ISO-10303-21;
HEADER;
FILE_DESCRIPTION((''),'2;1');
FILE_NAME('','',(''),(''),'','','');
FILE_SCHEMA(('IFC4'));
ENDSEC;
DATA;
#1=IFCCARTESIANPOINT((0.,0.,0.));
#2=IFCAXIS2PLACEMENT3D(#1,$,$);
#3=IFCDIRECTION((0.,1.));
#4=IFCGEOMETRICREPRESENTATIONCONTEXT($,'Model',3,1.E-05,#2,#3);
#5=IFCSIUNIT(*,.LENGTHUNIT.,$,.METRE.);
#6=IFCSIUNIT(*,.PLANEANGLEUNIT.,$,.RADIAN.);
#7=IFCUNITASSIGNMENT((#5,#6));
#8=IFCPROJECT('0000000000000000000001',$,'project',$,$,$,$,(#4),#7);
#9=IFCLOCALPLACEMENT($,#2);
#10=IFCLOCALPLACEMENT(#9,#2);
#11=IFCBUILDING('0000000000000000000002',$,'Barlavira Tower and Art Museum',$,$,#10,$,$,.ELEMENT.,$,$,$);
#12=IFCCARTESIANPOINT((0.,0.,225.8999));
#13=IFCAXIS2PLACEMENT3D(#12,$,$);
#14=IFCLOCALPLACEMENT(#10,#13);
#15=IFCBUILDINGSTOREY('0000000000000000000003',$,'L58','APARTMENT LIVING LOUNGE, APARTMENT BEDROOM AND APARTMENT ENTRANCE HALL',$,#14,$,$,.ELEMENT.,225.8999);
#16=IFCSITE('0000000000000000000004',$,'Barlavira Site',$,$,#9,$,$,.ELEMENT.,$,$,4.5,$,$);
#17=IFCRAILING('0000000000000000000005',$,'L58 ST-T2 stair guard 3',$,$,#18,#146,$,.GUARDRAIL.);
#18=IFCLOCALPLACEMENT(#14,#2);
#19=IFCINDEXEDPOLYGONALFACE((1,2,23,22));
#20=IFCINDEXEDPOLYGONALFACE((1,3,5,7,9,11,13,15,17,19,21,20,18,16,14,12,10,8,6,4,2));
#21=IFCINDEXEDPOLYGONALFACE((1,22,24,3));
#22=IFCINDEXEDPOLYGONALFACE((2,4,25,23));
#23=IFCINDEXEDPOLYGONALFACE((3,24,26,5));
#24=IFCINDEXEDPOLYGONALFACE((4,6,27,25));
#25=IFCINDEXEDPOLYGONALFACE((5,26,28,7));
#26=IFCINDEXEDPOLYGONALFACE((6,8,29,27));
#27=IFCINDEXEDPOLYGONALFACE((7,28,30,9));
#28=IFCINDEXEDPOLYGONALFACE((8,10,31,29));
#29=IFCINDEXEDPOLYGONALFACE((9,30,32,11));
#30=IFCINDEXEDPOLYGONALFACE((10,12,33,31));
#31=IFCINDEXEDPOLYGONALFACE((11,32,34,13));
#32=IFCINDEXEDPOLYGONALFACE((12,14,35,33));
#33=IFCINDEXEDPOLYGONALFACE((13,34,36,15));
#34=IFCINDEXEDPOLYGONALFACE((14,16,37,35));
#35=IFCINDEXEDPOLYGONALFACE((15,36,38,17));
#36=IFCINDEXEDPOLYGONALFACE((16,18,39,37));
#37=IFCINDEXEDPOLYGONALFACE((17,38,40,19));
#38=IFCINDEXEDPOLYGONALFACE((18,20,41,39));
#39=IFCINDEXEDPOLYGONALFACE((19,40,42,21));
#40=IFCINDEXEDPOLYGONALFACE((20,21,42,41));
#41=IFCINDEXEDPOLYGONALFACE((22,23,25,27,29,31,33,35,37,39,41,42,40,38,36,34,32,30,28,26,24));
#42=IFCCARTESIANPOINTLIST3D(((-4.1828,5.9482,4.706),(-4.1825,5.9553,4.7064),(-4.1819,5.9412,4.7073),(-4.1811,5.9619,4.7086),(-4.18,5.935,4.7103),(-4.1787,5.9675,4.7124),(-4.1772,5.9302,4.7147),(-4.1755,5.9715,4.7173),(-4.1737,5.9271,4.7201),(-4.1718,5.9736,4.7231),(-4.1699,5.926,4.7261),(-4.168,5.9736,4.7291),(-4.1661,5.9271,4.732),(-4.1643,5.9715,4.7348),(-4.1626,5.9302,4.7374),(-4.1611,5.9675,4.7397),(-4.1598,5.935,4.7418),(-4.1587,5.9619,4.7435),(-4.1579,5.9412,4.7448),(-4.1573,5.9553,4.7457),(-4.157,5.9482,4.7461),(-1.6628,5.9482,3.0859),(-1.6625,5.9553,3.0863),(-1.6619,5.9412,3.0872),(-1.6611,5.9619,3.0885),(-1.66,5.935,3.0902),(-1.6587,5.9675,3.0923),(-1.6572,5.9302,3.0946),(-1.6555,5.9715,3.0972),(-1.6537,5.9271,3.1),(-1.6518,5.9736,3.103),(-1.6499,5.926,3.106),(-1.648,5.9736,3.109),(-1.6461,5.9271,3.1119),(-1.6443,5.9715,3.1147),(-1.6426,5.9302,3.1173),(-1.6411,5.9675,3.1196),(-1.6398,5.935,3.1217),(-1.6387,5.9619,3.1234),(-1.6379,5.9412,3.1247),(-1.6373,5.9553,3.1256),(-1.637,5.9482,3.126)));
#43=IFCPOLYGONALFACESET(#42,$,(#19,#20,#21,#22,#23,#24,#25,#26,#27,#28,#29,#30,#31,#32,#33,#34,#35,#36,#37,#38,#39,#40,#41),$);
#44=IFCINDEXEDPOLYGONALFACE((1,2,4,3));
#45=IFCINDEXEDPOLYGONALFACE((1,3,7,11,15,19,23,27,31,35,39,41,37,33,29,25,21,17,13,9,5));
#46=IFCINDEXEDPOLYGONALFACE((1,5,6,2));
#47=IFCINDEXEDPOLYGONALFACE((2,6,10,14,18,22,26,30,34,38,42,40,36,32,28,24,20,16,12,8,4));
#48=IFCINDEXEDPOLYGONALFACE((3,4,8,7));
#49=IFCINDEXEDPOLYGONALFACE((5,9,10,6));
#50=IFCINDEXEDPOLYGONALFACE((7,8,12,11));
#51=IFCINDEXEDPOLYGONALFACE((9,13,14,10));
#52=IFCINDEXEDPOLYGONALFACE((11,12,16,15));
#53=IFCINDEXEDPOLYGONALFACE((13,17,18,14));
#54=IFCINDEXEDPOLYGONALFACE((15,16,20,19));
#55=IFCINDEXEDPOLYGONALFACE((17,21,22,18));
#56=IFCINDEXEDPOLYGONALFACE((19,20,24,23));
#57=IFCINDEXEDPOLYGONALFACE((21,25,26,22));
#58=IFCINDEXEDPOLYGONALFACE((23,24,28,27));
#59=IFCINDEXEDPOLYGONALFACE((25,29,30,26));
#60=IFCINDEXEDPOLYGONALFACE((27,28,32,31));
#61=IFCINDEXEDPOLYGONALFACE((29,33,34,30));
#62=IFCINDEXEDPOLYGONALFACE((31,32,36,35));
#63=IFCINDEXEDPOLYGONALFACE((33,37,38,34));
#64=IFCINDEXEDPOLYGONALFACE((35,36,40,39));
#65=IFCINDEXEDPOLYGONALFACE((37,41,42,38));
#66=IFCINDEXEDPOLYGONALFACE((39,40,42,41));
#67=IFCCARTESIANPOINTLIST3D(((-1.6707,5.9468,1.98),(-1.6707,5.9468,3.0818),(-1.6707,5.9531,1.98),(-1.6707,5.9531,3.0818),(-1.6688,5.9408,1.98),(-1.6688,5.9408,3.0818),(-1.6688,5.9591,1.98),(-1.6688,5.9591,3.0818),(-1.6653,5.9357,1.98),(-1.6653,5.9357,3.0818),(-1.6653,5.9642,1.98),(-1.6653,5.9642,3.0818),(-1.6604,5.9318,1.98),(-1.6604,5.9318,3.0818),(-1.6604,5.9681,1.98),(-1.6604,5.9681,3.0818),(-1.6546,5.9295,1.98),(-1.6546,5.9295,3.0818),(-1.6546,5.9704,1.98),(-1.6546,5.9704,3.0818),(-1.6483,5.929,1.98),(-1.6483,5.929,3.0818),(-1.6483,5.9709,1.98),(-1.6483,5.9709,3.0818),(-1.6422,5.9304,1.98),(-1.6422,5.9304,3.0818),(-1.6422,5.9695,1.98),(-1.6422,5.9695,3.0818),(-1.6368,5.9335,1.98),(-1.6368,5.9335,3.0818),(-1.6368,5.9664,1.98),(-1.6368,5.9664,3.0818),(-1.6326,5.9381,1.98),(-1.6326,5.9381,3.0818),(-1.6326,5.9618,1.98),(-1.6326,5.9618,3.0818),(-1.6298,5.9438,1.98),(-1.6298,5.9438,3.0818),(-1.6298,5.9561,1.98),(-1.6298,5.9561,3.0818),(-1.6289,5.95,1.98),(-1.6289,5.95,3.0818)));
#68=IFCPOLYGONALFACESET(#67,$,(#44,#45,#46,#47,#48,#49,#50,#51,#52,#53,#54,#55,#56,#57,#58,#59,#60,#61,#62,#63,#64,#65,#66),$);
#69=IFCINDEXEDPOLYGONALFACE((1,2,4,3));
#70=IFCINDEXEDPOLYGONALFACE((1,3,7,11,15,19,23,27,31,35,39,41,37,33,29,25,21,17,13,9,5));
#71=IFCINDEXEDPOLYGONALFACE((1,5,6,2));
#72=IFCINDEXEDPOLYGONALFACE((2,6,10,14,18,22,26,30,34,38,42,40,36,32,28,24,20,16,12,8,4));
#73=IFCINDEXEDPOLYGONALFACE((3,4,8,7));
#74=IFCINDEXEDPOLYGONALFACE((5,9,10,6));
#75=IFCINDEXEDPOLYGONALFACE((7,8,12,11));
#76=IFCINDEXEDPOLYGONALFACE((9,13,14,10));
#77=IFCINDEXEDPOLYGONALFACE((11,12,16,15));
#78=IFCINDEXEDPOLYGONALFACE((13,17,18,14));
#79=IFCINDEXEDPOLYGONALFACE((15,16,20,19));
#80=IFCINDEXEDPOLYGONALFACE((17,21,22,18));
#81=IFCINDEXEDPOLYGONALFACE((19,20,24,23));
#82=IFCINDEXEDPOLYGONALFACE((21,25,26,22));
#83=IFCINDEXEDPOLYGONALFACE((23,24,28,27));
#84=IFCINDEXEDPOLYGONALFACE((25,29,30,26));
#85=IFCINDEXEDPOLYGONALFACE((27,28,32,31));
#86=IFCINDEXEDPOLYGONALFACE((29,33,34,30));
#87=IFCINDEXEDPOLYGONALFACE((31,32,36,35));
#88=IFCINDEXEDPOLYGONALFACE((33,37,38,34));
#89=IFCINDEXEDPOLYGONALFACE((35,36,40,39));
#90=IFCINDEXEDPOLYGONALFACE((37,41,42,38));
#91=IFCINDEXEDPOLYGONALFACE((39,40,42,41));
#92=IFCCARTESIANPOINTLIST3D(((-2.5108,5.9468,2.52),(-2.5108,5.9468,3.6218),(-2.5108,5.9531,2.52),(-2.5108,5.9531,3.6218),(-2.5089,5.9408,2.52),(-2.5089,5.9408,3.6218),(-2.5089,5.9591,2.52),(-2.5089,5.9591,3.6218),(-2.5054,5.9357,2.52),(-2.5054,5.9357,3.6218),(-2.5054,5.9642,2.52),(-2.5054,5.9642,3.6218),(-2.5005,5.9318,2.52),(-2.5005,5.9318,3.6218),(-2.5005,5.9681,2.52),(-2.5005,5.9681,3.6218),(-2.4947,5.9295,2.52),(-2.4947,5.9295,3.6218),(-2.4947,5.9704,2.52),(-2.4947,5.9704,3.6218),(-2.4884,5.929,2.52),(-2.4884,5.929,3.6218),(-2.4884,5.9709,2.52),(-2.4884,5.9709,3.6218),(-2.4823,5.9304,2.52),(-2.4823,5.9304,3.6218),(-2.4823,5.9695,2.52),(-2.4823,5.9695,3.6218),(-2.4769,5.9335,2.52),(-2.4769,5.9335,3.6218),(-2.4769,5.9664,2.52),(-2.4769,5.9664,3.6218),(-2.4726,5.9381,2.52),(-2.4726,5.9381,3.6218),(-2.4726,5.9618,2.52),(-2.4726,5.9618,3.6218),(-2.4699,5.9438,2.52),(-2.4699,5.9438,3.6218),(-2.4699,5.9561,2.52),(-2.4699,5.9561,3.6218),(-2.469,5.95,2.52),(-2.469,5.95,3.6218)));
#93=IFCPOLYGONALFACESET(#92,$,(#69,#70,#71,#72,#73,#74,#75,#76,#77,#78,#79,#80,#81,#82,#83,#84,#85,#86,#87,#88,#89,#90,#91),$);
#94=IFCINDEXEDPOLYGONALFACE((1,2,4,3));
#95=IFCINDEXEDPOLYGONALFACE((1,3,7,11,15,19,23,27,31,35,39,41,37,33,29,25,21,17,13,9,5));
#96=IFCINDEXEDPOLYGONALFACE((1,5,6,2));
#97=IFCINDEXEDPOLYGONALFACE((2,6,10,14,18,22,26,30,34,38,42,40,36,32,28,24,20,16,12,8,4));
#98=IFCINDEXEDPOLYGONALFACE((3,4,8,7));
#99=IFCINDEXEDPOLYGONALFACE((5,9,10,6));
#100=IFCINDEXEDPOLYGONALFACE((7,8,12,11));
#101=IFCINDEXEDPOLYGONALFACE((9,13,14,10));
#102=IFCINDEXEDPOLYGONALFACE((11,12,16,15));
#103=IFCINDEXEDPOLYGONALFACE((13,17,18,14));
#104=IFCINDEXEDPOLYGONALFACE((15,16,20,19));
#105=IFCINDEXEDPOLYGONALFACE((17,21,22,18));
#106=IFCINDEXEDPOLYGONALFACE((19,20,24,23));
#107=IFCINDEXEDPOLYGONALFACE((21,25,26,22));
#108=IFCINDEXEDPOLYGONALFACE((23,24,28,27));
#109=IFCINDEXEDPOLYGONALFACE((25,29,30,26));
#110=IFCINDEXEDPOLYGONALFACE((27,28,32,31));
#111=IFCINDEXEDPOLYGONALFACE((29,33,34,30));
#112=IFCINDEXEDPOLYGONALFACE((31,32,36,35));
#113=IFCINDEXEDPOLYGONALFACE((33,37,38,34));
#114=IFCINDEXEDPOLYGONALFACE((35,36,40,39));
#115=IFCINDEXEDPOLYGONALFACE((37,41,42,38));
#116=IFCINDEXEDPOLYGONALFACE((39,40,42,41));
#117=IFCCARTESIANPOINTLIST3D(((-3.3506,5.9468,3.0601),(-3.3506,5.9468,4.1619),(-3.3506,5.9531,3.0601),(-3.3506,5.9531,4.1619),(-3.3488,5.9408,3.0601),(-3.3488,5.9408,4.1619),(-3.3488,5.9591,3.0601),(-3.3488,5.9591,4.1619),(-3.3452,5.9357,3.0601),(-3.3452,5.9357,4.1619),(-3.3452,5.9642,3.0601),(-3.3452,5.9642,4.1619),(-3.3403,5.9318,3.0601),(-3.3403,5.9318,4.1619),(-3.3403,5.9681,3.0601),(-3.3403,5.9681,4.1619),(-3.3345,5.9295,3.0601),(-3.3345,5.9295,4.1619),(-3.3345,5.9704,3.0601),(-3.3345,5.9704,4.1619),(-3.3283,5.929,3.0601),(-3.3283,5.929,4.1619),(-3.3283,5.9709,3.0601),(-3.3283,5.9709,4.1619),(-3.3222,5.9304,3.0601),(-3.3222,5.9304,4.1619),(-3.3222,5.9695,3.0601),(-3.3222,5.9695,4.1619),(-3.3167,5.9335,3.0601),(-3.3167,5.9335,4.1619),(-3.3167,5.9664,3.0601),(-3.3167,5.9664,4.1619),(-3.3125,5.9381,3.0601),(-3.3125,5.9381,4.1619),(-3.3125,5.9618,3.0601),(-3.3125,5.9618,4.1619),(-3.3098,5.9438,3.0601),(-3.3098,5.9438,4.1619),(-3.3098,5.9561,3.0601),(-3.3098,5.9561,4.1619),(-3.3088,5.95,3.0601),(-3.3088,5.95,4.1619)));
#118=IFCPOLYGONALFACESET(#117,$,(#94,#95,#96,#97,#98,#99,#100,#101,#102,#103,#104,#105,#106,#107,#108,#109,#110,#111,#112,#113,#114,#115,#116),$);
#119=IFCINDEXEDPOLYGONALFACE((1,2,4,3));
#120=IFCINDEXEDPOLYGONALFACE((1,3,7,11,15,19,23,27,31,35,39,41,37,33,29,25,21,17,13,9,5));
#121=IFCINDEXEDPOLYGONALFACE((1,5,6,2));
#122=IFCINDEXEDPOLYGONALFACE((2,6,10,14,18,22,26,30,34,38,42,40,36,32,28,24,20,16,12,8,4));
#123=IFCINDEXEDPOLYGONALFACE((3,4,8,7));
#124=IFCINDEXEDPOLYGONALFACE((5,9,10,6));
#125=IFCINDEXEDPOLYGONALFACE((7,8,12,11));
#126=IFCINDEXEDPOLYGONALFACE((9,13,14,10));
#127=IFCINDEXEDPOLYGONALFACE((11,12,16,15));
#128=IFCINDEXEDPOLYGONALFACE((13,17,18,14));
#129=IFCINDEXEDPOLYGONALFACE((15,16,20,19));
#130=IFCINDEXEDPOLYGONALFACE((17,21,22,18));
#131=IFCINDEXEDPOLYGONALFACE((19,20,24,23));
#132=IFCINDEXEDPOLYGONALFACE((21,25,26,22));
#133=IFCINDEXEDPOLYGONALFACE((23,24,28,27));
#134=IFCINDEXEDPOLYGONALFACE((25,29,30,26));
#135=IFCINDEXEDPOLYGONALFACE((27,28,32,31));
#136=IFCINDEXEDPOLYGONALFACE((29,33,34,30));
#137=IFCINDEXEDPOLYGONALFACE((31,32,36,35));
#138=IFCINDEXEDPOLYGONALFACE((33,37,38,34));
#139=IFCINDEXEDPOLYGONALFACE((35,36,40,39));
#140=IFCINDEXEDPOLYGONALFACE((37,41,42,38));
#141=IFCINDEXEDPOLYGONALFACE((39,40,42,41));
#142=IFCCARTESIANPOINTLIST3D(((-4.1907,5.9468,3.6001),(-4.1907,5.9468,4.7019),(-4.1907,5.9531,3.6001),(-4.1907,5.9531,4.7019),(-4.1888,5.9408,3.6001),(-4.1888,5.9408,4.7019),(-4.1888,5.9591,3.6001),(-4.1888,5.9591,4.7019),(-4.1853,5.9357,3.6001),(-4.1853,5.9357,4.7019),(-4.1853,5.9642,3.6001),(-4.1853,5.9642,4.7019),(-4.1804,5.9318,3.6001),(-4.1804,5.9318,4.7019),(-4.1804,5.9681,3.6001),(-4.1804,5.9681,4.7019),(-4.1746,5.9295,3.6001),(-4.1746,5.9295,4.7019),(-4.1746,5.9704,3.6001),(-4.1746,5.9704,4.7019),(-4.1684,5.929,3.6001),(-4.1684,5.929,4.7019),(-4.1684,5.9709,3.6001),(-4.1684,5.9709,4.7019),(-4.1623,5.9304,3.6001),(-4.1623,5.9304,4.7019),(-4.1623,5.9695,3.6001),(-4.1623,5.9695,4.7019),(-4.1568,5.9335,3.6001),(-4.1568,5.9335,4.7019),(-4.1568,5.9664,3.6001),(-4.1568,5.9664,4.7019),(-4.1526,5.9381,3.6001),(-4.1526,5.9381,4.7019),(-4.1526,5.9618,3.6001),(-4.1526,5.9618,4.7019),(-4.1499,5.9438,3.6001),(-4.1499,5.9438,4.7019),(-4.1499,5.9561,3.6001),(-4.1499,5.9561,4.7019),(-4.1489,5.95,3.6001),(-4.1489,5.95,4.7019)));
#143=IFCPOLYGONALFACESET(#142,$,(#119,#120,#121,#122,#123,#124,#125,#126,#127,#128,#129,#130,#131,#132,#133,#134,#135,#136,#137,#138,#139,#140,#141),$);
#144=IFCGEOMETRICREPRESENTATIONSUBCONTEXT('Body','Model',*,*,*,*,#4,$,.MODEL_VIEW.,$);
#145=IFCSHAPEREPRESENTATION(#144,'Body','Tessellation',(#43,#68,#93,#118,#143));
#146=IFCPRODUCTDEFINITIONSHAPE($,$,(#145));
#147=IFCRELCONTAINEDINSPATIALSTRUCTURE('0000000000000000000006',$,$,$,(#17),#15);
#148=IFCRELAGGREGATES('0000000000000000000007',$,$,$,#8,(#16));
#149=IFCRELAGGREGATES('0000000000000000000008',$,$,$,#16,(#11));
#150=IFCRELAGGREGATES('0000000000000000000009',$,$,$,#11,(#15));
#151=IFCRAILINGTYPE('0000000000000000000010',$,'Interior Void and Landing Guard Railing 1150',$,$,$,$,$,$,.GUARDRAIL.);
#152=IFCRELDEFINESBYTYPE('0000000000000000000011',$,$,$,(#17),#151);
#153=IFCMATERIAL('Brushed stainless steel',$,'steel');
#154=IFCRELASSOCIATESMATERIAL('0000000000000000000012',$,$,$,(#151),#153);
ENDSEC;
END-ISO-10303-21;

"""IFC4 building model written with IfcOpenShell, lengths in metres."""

from ifc_helpers import new_model, si_unit, direction, frame, origin, origin_2d, place, context, subcontext, project, spatial, circle, extrude, material, type_object, element, save


model = new_model("IFC4")

# Units and contexts
model_context = context("Model", 3, precision=1e-05, world=origin(), true_north=direction((0.0, 1.0)))
body_context = subcontext(model_context, "Body", "Model", "MODEL_VIEW")
ifc_project = project(units=[si_unit("LENGTHUNIT", "METRE"), si_unit("PLANEANGLEUNIT", "RADIAN")], contexts=[model_context])

# Site, building, storey
site_placement = place(None, origin())
site = spatial("IfcSite", under=ifc_project, at=site_placement, Name="Barlavira Site", CompositionType="ELEMENT", RefElevation=4.5)
building_placement = place(site_placement, origin())
building = spatial("IfcBuilding", under=site, at=building_placement, Name="Barlavira Tower and Art Museum", CompositionType="ELEMENT")
storey_placement = place(building_placement, frame((0.0, 0.0, 225.8999)))
storey = spatial("IfcBuildingStorey", under=building, at=storey_placement, Name="L58", Description="APARTMENT LIVING LOUNGE, APARTMENT BEDROOM AND APARTMENT ENTRANCE HALL", CompositionType="ELEMENT", Elevation=225.8999)

# Shared definitions
ifc_material_1 = material(Name="Brushed stainless steel", Category="steel")

# Railing
railing_type_1 = type_object("IfcRailingType", Name="Interior Void and Landing Guard Railing 1150", PredefinedType="GUARDRAIL", material=ifc_material_1)
railing_1_placement = place(storey_placement, frame((-1.6499, 5.95, 1.98)))
element("IfcRailing", 1, at=railing_1_placement, inside=storey, type_object=railing_type_1, Name="L58 ST-T2 stair guard 3", PredefinedType="GUARDRAIL", context=body_context, shape_type="SweptSolid", body=[
    extrude(circle(Radius=0.0239, at=origin_2d()), frame((0.0, 0.0, 1.126), z_axis=(-0.841163, 0.0, 0.540782), x_axis=(0.0, -1.0, 0.0)), (0.0, 0.0, 1.0), 2.9958),
    extrude(circle(Radius=0.021, at=origin_2d()), origin(), (0.0, 0.0, 1.0), 1.1018),
    extrude(circle(Radius=0.021, at=origin_2d()), frame((-0.8401, 0.0, 0.54)), (0.0, 0.0, 1.0), 1.1018),
    extrude(circle(Radius=0.021, at=origin_2d()), frame((-1.6799, 0.0, 1.0801)), (0.0, 0.0, 1.0), 1.1018),
    extrude(circle(Radius=0.021, at=origin_2d()), frame((-2.52, 0.0, 1.6201)), (0.0, 0.0, 1.0), 1.1018),
])

save(model, "model.ifc")
